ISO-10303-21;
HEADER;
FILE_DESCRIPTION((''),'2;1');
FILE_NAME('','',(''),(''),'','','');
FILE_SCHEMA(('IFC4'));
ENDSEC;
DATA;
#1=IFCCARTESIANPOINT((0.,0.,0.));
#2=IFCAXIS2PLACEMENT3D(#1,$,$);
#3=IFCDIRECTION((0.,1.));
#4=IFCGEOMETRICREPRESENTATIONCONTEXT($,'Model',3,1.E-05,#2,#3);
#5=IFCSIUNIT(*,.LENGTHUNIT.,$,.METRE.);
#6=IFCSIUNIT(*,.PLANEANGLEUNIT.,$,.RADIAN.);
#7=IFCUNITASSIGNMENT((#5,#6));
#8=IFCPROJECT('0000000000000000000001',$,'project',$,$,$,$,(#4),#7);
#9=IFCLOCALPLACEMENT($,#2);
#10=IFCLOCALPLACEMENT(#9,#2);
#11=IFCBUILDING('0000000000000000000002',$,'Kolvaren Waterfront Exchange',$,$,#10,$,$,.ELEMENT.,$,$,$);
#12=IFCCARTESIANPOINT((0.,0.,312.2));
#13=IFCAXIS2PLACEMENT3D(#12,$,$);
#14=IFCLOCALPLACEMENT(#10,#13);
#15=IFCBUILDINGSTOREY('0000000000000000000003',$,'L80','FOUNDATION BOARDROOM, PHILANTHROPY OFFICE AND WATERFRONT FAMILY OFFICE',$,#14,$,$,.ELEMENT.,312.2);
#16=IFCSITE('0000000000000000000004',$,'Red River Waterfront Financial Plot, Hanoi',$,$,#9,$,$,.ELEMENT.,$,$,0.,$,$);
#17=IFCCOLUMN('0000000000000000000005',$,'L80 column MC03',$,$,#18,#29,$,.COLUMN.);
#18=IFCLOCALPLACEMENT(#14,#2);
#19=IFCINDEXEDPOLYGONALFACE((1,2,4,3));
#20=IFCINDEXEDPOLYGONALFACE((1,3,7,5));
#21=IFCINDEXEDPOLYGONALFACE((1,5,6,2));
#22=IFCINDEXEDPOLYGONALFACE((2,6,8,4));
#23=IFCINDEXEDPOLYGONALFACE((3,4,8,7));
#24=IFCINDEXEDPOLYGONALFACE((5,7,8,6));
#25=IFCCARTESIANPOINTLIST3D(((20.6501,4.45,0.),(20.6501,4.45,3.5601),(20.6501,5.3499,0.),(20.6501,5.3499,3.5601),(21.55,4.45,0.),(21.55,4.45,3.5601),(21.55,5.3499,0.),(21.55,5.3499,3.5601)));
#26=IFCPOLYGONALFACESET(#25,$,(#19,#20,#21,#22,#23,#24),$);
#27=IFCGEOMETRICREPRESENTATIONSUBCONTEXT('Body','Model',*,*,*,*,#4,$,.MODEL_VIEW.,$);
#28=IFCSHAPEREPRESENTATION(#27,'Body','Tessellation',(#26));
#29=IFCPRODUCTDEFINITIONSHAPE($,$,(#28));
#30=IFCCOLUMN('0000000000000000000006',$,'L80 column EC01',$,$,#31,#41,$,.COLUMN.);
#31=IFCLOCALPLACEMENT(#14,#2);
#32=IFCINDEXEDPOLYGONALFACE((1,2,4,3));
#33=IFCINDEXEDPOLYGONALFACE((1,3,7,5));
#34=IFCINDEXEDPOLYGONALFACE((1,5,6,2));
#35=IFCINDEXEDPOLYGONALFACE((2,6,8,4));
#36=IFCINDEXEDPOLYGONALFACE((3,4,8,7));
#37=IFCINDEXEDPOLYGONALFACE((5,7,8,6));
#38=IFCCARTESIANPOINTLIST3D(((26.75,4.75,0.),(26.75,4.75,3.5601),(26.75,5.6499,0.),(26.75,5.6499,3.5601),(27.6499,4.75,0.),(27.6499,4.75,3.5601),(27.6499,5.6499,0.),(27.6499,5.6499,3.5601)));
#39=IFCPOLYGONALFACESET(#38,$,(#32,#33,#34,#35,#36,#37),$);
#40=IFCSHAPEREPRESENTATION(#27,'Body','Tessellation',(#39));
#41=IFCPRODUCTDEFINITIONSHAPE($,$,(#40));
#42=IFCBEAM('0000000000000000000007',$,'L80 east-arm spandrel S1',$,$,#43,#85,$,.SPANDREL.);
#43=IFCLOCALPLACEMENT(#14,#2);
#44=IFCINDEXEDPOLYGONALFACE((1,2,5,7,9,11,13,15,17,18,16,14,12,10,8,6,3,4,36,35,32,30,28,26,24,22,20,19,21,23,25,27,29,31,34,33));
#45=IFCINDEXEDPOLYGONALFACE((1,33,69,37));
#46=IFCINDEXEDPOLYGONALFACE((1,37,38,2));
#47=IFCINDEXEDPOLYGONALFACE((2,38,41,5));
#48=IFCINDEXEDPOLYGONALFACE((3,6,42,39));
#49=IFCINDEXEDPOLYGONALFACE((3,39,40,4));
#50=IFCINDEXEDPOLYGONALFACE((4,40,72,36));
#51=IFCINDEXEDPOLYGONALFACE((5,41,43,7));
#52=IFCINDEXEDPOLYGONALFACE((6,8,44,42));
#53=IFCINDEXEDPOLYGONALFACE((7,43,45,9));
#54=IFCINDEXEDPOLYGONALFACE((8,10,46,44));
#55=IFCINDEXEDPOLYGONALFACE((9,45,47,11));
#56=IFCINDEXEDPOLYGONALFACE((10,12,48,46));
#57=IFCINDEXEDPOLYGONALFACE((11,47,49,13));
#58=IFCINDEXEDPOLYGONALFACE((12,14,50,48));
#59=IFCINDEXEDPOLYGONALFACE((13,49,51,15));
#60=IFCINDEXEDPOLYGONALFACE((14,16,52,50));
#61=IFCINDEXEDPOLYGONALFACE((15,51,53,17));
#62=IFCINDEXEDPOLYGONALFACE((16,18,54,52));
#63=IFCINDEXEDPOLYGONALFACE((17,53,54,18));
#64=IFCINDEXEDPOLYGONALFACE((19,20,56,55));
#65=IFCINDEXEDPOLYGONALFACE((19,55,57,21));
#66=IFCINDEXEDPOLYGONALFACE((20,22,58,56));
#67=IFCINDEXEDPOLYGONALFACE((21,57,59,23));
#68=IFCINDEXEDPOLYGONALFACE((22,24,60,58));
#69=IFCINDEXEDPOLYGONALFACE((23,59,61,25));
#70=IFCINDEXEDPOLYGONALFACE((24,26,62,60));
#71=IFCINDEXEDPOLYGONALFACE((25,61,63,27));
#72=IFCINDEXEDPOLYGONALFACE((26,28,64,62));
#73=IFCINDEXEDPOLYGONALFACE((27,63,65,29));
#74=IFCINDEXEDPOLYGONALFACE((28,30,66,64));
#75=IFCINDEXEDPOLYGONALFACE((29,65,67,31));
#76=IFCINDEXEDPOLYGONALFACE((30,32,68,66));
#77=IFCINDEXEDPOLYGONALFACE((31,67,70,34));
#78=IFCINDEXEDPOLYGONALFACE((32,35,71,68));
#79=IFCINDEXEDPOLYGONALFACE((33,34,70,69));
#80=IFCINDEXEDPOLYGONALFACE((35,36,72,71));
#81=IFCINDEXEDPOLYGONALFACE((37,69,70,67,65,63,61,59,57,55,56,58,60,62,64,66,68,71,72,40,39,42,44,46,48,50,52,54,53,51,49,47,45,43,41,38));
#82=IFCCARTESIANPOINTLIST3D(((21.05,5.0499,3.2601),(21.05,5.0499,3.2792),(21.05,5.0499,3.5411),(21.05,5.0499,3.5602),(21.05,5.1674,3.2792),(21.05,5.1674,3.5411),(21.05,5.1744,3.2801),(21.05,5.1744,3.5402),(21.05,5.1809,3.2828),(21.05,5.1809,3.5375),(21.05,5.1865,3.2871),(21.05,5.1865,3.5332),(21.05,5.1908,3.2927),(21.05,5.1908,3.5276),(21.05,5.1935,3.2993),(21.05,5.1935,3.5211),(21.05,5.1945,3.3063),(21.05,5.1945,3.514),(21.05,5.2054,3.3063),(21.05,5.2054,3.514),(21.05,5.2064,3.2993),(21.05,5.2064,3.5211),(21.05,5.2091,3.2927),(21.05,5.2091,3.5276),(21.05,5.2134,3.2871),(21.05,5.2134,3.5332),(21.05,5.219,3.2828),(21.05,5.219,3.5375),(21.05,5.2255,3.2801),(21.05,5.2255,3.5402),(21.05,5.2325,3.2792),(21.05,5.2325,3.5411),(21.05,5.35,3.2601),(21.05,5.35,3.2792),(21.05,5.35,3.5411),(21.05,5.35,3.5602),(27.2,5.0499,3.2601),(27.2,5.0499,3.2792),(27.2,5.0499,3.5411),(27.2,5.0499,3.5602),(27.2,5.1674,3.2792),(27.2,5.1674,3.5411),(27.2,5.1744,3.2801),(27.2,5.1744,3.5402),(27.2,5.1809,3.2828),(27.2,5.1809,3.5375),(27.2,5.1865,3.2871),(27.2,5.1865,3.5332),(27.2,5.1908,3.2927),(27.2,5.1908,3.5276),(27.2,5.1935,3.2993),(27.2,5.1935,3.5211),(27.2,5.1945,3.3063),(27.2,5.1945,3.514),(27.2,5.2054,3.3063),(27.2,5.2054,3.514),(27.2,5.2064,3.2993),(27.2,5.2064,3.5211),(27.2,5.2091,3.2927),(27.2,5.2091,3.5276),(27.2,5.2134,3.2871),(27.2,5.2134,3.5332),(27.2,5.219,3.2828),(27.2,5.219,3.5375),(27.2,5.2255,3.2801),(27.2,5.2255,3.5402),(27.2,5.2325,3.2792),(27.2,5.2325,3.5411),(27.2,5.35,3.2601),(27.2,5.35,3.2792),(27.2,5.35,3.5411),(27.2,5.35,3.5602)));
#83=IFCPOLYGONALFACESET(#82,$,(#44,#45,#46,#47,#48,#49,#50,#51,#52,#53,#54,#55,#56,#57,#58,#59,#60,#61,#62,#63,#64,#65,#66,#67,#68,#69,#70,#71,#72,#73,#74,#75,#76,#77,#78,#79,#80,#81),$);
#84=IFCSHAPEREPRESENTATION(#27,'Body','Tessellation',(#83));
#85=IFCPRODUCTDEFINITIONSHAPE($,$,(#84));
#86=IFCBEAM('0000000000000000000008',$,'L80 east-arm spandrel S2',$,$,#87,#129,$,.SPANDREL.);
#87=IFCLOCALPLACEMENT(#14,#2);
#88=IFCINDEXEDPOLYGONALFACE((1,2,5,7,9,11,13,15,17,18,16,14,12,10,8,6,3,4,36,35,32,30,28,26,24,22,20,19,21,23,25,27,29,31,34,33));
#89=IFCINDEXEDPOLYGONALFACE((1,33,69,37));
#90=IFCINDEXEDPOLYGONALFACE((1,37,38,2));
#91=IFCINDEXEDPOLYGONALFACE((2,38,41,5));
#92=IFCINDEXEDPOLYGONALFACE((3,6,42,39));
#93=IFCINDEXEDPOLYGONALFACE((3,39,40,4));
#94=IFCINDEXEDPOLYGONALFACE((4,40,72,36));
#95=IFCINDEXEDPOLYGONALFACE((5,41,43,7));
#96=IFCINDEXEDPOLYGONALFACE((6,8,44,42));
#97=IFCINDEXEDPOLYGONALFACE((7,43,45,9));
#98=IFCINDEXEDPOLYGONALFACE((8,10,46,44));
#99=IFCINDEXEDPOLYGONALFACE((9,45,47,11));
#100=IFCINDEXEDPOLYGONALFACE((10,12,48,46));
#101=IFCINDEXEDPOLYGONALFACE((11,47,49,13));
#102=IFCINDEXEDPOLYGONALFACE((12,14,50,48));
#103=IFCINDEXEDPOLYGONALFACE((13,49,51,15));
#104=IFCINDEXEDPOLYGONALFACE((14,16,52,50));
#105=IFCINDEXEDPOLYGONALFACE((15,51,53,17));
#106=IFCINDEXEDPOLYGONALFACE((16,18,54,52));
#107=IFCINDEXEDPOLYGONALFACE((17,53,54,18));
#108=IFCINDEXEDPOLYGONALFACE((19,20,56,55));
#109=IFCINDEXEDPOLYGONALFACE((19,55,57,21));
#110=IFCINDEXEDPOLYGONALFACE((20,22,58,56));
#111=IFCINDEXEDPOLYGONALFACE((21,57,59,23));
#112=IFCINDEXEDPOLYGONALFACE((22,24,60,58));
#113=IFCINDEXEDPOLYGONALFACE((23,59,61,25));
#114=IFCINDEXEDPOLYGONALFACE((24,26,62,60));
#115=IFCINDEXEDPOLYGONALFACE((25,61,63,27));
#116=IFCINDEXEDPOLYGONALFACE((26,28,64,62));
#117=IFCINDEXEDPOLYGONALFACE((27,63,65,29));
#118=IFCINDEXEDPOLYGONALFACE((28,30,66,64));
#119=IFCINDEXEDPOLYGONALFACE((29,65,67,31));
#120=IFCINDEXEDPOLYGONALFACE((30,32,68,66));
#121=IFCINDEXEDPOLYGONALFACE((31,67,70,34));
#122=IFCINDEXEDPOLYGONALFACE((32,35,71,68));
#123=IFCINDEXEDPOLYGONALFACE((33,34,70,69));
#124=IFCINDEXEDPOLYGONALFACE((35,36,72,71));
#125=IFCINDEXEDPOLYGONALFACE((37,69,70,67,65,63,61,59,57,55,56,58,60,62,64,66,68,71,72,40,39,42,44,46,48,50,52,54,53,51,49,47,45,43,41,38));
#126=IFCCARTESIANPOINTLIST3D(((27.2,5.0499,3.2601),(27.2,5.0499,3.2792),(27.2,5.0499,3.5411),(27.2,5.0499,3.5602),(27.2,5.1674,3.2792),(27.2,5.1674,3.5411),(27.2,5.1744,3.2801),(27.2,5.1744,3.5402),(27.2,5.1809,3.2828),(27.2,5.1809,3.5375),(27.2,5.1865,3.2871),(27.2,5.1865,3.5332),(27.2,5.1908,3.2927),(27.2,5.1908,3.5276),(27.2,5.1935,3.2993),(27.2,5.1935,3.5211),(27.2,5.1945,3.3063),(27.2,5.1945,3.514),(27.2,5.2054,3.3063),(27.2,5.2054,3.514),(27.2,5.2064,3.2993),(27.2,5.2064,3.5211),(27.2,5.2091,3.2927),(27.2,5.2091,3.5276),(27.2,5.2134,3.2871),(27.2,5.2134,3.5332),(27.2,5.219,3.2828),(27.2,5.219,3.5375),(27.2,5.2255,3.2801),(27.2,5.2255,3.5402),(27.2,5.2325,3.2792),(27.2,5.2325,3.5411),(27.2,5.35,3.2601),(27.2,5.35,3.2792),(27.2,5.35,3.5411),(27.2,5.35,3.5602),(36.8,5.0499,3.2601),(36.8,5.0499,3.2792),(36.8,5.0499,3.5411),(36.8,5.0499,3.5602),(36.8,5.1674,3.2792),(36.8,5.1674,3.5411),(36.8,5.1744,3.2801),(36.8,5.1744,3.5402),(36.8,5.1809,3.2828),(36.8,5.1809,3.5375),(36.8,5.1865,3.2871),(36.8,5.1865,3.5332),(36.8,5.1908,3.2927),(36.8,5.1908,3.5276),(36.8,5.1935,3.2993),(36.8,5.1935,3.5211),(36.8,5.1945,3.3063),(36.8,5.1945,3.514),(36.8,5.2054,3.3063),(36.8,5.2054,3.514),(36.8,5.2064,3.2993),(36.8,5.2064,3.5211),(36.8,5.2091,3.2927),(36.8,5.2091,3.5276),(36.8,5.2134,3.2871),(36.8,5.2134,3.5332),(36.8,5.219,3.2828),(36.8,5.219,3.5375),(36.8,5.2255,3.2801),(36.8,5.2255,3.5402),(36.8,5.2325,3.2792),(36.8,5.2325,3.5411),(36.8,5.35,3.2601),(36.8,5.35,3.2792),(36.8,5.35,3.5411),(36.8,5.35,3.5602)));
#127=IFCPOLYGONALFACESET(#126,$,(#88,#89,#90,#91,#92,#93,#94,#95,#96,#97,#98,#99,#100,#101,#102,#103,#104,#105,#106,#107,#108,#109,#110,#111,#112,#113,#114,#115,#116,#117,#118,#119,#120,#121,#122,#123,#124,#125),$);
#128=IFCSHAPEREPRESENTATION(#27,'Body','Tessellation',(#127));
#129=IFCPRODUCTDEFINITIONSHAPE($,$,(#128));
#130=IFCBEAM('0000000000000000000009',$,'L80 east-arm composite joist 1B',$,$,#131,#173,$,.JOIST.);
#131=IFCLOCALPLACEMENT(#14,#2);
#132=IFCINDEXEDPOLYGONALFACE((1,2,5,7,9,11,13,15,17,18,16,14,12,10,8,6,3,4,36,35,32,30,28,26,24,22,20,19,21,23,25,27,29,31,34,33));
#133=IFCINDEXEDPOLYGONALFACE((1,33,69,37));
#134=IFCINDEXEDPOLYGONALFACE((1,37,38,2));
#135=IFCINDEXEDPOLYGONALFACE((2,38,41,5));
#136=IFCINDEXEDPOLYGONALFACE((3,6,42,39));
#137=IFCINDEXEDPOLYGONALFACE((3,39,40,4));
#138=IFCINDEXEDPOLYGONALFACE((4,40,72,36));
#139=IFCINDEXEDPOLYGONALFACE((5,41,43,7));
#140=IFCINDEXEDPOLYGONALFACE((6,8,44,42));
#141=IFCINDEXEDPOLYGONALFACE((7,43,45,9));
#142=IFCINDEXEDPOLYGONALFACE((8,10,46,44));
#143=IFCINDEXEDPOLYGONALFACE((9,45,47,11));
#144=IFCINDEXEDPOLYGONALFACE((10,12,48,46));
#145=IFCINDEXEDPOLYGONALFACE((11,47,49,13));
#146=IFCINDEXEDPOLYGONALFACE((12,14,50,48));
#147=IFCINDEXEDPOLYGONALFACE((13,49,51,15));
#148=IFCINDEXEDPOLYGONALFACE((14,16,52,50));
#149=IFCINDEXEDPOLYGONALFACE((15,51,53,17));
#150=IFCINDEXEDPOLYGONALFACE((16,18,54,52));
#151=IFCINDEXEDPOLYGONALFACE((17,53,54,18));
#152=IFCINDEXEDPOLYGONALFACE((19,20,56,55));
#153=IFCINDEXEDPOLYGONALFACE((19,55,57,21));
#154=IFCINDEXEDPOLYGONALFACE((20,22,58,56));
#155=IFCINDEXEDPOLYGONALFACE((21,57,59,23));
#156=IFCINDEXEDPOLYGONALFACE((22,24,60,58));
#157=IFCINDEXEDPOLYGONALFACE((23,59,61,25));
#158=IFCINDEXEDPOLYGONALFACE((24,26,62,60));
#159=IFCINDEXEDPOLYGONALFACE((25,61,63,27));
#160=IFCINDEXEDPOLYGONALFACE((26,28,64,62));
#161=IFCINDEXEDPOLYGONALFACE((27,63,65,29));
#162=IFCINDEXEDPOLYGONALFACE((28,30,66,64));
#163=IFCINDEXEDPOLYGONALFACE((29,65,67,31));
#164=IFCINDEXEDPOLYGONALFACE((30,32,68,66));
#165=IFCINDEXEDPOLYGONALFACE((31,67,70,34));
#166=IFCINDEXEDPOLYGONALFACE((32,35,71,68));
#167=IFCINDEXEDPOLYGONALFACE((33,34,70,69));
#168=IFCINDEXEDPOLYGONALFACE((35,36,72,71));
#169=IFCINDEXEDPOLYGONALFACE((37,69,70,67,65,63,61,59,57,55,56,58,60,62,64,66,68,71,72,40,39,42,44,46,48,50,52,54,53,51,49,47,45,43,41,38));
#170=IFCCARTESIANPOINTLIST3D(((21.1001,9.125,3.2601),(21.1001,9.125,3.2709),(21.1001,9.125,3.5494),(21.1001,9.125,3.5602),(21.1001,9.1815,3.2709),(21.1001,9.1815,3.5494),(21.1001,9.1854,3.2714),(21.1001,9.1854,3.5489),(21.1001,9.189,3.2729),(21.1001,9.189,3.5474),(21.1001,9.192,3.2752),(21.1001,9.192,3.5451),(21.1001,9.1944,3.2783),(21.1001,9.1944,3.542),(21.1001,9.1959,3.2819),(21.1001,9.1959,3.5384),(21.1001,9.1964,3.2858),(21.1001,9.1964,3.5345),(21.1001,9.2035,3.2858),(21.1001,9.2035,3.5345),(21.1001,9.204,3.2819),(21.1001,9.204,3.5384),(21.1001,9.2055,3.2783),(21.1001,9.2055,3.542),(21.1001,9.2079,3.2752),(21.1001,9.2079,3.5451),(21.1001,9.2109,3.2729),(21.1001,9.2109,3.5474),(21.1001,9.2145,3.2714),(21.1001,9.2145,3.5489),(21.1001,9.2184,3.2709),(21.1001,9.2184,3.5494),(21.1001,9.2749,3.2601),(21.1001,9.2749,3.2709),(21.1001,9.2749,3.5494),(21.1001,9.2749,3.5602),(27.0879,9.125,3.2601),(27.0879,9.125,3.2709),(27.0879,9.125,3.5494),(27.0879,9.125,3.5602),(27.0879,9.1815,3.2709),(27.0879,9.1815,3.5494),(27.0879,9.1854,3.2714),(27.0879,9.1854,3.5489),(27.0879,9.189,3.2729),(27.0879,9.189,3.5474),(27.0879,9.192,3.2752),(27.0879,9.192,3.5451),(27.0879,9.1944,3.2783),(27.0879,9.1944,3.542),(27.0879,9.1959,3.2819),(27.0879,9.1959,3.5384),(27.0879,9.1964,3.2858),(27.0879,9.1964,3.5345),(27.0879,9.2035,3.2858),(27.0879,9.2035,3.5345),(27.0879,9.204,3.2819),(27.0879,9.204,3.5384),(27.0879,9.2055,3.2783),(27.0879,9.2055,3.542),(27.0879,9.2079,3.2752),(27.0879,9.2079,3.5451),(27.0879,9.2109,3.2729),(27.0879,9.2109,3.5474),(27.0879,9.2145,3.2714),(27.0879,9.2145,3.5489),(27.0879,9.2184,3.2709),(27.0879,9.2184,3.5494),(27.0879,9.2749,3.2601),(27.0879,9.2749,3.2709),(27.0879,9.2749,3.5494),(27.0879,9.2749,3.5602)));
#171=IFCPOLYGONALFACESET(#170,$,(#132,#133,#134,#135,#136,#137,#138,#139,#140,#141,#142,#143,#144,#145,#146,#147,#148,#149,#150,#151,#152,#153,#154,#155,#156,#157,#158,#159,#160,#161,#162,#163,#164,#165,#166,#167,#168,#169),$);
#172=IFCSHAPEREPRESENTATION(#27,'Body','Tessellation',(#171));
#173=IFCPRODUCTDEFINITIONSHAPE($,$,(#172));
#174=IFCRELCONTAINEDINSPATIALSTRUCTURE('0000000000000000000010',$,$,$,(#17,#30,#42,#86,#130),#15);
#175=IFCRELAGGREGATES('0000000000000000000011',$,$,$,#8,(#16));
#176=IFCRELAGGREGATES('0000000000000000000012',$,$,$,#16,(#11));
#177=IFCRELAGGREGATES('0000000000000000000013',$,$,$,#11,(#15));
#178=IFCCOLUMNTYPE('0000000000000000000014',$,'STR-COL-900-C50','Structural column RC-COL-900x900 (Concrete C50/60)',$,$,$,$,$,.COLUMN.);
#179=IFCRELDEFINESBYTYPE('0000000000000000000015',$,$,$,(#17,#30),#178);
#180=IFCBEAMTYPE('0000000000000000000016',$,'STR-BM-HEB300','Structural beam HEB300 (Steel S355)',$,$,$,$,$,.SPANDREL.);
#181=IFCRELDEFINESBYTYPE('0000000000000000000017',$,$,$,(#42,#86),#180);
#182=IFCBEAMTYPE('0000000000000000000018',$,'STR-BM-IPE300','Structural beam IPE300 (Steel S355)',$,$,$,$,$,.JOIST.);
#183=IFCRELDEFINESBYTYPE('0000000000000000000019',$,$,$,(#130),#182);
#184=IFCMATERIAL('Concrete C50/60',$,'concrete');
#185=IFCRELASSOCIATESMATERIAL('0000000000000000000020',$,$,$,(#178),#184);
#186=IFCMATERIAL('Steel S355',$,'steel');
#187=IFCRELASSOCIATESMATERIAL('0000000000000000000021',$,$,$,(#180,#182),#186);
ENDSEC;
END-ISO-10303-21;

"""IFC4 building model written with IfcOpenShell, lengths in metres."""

from ifc_helpers import new_model, si_unit, direction, frame, origin, origin_2d, place, context, subcontext, project, spatial, rectangle, i_section, extrude, material, material_profile, profile_set, type_object, element, save


model = new_model("IFC4")

# Units and contexts
model_context = context("Model", 3, precision=1e-05, world=origin(), true_north=direction((0.0, 1.0)))
body_context = subcontext(model_context, "Body", "Model", "MODEL_VIEW")
ifc_project = project(units=[si_unit("LENGTHUNIT", "METRE"), si_unit("PLANEANGLEUNIT", "RADIAN")], contexts=[model_context])

# Site, building, storey
site_placement = place(None, origin())
site = spatial("IfcSite", under=ifc_project, at=site_placement, Name="Red River Waterfront Financial Plot, Hanoi", CompositionType="ELEMENT", RefElevation=0.0)
building_placement = place(site_placement, origin())
building = spatial("IfcBuilding", under=site, at=building_placement, Name="Kolvaren Waterfront Exchange", CompositionType="ELEMENT")
storey_placement = place(building_placement, frame((0.0, 0.0, 312.2)))
storey = spatial("IfcBuildingStorey", under=building, at=storey_placement, Name="L80", Description="FOUNDATION BOARDROOM, PHILANTHROPY OFFICE AND WATERFRONT FAMILY OFFICE", CompositionType="ELEMENT", Elevation=312.2)

# Columns
ifc_material_1 = material(Name="Concrete C50/60", Category="concrete")
ifc_material_profile_1 = material_profile(ifc_material_1, rectangle(XDim=0.8999, YDim=0.8999, at=origin_2d()), Name="RC-COL-900x900")
ifc_profile_set_1 = profile_set([ifc_material_profile_1], Name="Concrete C50/60")
column_type = type_object("IfcColumnType", Name="STR-COL-900-C50", Description="Structural column RC-COL-900x900 (Concrete C50/60)", PredefinedType="COLUMN", material=ifc_profile_set_1)
for number, where, z_axis, x_axis, name in (
    (1, (21.1001, 4.8999, 0.0), (0.0, 0.0, 1.0), (1.0, 0.0, 0.0), "L80 column MC03"),
    (2, (27.2, 5.2, 0.0), (0.0, 0.0, 1.0), (1.0, 0.0, 0.0), "L80 column EC01"),
):
    element("IfcColumn", number, at=place(storey_placement, frame(where, z_axis=z_axis, x_axis=x_axis)), inside=storey, type_object=column_type, Name=name, PredefinedType="COLUMN", context=body_context, shape_type="SweptSolid", body=[
        extrude(rectangle(XDim=0.8999, YDim=0.8999, at=origin_2d()), origin(), (0.0, 0.0, 1.0), 3.5601),
    ])

# Beams
ifc_material_2 = material(Name="Steel S355", Category="steel")
ifc_material_profile_2 = material_profile(ifc_material_2, i_section(OverallWidth=0.3, OverallDepth=0.3, WebThickness=0.011, FlangeThickness=0.019, FilletRadius=0.0271, at=origin_2d()), Name="HEB300")
ifc_profile_set_2 = profile_set([ifc_material_profile_2], Name="Steel S355")
beam_type_1 = type_object("IfcBeamType", Name="STR-BM-HEB300", Description="Structural beam HEB300 (Steel S355)", PredefinedType="SPANDREL", material=ifc_profile_set_2)
beam_1_placement = place(storey_placement, frame((21.05, 5.2, 3.4102), z_axis=(1.0, 0.0, 0.0), x_axis=(0.0, 1.0, 0.0)))
element("IfcBeam", 3, at=beam_1_placement, inside=storey, type_object=beam_type_1, Name="L80 east-arm spandrel S1", PredefinedType="SPANDREL", context=body_context, shape_type="SweptSolid", body=[
    extrude(i_section(OverallWidth=0.3, OverallDepth=0.3, WebThickness=0.011, FlangeThickness=0.019, FilletRadius=0.0271, at=origin_2d()), origin(), (0.0, 0.0, 1.0), 6.1499),
])
beam_2_placement = place(storey_placement, frame((27.2, 5.2, 3.4102), z_axis=(1.0, 0.0, 0.0), x_axis=(0.0, 1.0, 0.0)))
element("IfcBeam", 4, at=beam_2_placement, inside=storey, type_object=beam_type_1, Name="L80 east-arm spandrel S2", PredefinedType="SPANDREL", context=body_context, shape_type="SweptSolid", body=[
    extrude(i_section(OverallWidth=0.3, OverallDepth=0.3, WebThickness=0.011, FlangeThickness=0.019, FilletRadius=0.0271, at=origin_2d()), origin(), (0.0, 0.0, 1.0), 9.6001),
])
ifc_material_profile_3 = material_profile(ifc_material_2, i_section(OverallWidth=0.1499, OverallDepth=0.3, WebThickness=0.0071, FlangeThickness=0.0107, FilletRadius=0.0149, at=origin_2d()), Name="IPE300")
ifc_profile_set_3 = profile_set([ifc_material_profile_3], Name="Steel S355")
beam_type_2 = type_object("IfcBeamType", Name="STR-BM-IPE300", Description="Structural beam IPE300 (Steel S355)", PredefinedType="JOIST", material=ifc_profile_set_3)
beam_3_placement = place(storey_placement, frame((21.1001, 9.2, 3.4102), z_axis=(1.0, 0.0, 0.0), x_axis=(0.0, 1.0, 0.0)))
element("IfcBeam", 5, at=beam_3_placement, inside=storey, type_object=beam_type_2, Name="L80 east-arm composite joist 1B", PredefinedType="JOIST", context=body_context, shape_type="SweptSolid", body=[
    extrude(i_section(OverallWidth=0.1499, OverallDepth=0.3, WebThickness=0.0071, FlangeThickness=0.0107, FilletRadius=0.0149, at=origin_2d()), origin(), (0.0, 0.0, 1.0), 5.9878),
])

save(model, "model.ifc")
